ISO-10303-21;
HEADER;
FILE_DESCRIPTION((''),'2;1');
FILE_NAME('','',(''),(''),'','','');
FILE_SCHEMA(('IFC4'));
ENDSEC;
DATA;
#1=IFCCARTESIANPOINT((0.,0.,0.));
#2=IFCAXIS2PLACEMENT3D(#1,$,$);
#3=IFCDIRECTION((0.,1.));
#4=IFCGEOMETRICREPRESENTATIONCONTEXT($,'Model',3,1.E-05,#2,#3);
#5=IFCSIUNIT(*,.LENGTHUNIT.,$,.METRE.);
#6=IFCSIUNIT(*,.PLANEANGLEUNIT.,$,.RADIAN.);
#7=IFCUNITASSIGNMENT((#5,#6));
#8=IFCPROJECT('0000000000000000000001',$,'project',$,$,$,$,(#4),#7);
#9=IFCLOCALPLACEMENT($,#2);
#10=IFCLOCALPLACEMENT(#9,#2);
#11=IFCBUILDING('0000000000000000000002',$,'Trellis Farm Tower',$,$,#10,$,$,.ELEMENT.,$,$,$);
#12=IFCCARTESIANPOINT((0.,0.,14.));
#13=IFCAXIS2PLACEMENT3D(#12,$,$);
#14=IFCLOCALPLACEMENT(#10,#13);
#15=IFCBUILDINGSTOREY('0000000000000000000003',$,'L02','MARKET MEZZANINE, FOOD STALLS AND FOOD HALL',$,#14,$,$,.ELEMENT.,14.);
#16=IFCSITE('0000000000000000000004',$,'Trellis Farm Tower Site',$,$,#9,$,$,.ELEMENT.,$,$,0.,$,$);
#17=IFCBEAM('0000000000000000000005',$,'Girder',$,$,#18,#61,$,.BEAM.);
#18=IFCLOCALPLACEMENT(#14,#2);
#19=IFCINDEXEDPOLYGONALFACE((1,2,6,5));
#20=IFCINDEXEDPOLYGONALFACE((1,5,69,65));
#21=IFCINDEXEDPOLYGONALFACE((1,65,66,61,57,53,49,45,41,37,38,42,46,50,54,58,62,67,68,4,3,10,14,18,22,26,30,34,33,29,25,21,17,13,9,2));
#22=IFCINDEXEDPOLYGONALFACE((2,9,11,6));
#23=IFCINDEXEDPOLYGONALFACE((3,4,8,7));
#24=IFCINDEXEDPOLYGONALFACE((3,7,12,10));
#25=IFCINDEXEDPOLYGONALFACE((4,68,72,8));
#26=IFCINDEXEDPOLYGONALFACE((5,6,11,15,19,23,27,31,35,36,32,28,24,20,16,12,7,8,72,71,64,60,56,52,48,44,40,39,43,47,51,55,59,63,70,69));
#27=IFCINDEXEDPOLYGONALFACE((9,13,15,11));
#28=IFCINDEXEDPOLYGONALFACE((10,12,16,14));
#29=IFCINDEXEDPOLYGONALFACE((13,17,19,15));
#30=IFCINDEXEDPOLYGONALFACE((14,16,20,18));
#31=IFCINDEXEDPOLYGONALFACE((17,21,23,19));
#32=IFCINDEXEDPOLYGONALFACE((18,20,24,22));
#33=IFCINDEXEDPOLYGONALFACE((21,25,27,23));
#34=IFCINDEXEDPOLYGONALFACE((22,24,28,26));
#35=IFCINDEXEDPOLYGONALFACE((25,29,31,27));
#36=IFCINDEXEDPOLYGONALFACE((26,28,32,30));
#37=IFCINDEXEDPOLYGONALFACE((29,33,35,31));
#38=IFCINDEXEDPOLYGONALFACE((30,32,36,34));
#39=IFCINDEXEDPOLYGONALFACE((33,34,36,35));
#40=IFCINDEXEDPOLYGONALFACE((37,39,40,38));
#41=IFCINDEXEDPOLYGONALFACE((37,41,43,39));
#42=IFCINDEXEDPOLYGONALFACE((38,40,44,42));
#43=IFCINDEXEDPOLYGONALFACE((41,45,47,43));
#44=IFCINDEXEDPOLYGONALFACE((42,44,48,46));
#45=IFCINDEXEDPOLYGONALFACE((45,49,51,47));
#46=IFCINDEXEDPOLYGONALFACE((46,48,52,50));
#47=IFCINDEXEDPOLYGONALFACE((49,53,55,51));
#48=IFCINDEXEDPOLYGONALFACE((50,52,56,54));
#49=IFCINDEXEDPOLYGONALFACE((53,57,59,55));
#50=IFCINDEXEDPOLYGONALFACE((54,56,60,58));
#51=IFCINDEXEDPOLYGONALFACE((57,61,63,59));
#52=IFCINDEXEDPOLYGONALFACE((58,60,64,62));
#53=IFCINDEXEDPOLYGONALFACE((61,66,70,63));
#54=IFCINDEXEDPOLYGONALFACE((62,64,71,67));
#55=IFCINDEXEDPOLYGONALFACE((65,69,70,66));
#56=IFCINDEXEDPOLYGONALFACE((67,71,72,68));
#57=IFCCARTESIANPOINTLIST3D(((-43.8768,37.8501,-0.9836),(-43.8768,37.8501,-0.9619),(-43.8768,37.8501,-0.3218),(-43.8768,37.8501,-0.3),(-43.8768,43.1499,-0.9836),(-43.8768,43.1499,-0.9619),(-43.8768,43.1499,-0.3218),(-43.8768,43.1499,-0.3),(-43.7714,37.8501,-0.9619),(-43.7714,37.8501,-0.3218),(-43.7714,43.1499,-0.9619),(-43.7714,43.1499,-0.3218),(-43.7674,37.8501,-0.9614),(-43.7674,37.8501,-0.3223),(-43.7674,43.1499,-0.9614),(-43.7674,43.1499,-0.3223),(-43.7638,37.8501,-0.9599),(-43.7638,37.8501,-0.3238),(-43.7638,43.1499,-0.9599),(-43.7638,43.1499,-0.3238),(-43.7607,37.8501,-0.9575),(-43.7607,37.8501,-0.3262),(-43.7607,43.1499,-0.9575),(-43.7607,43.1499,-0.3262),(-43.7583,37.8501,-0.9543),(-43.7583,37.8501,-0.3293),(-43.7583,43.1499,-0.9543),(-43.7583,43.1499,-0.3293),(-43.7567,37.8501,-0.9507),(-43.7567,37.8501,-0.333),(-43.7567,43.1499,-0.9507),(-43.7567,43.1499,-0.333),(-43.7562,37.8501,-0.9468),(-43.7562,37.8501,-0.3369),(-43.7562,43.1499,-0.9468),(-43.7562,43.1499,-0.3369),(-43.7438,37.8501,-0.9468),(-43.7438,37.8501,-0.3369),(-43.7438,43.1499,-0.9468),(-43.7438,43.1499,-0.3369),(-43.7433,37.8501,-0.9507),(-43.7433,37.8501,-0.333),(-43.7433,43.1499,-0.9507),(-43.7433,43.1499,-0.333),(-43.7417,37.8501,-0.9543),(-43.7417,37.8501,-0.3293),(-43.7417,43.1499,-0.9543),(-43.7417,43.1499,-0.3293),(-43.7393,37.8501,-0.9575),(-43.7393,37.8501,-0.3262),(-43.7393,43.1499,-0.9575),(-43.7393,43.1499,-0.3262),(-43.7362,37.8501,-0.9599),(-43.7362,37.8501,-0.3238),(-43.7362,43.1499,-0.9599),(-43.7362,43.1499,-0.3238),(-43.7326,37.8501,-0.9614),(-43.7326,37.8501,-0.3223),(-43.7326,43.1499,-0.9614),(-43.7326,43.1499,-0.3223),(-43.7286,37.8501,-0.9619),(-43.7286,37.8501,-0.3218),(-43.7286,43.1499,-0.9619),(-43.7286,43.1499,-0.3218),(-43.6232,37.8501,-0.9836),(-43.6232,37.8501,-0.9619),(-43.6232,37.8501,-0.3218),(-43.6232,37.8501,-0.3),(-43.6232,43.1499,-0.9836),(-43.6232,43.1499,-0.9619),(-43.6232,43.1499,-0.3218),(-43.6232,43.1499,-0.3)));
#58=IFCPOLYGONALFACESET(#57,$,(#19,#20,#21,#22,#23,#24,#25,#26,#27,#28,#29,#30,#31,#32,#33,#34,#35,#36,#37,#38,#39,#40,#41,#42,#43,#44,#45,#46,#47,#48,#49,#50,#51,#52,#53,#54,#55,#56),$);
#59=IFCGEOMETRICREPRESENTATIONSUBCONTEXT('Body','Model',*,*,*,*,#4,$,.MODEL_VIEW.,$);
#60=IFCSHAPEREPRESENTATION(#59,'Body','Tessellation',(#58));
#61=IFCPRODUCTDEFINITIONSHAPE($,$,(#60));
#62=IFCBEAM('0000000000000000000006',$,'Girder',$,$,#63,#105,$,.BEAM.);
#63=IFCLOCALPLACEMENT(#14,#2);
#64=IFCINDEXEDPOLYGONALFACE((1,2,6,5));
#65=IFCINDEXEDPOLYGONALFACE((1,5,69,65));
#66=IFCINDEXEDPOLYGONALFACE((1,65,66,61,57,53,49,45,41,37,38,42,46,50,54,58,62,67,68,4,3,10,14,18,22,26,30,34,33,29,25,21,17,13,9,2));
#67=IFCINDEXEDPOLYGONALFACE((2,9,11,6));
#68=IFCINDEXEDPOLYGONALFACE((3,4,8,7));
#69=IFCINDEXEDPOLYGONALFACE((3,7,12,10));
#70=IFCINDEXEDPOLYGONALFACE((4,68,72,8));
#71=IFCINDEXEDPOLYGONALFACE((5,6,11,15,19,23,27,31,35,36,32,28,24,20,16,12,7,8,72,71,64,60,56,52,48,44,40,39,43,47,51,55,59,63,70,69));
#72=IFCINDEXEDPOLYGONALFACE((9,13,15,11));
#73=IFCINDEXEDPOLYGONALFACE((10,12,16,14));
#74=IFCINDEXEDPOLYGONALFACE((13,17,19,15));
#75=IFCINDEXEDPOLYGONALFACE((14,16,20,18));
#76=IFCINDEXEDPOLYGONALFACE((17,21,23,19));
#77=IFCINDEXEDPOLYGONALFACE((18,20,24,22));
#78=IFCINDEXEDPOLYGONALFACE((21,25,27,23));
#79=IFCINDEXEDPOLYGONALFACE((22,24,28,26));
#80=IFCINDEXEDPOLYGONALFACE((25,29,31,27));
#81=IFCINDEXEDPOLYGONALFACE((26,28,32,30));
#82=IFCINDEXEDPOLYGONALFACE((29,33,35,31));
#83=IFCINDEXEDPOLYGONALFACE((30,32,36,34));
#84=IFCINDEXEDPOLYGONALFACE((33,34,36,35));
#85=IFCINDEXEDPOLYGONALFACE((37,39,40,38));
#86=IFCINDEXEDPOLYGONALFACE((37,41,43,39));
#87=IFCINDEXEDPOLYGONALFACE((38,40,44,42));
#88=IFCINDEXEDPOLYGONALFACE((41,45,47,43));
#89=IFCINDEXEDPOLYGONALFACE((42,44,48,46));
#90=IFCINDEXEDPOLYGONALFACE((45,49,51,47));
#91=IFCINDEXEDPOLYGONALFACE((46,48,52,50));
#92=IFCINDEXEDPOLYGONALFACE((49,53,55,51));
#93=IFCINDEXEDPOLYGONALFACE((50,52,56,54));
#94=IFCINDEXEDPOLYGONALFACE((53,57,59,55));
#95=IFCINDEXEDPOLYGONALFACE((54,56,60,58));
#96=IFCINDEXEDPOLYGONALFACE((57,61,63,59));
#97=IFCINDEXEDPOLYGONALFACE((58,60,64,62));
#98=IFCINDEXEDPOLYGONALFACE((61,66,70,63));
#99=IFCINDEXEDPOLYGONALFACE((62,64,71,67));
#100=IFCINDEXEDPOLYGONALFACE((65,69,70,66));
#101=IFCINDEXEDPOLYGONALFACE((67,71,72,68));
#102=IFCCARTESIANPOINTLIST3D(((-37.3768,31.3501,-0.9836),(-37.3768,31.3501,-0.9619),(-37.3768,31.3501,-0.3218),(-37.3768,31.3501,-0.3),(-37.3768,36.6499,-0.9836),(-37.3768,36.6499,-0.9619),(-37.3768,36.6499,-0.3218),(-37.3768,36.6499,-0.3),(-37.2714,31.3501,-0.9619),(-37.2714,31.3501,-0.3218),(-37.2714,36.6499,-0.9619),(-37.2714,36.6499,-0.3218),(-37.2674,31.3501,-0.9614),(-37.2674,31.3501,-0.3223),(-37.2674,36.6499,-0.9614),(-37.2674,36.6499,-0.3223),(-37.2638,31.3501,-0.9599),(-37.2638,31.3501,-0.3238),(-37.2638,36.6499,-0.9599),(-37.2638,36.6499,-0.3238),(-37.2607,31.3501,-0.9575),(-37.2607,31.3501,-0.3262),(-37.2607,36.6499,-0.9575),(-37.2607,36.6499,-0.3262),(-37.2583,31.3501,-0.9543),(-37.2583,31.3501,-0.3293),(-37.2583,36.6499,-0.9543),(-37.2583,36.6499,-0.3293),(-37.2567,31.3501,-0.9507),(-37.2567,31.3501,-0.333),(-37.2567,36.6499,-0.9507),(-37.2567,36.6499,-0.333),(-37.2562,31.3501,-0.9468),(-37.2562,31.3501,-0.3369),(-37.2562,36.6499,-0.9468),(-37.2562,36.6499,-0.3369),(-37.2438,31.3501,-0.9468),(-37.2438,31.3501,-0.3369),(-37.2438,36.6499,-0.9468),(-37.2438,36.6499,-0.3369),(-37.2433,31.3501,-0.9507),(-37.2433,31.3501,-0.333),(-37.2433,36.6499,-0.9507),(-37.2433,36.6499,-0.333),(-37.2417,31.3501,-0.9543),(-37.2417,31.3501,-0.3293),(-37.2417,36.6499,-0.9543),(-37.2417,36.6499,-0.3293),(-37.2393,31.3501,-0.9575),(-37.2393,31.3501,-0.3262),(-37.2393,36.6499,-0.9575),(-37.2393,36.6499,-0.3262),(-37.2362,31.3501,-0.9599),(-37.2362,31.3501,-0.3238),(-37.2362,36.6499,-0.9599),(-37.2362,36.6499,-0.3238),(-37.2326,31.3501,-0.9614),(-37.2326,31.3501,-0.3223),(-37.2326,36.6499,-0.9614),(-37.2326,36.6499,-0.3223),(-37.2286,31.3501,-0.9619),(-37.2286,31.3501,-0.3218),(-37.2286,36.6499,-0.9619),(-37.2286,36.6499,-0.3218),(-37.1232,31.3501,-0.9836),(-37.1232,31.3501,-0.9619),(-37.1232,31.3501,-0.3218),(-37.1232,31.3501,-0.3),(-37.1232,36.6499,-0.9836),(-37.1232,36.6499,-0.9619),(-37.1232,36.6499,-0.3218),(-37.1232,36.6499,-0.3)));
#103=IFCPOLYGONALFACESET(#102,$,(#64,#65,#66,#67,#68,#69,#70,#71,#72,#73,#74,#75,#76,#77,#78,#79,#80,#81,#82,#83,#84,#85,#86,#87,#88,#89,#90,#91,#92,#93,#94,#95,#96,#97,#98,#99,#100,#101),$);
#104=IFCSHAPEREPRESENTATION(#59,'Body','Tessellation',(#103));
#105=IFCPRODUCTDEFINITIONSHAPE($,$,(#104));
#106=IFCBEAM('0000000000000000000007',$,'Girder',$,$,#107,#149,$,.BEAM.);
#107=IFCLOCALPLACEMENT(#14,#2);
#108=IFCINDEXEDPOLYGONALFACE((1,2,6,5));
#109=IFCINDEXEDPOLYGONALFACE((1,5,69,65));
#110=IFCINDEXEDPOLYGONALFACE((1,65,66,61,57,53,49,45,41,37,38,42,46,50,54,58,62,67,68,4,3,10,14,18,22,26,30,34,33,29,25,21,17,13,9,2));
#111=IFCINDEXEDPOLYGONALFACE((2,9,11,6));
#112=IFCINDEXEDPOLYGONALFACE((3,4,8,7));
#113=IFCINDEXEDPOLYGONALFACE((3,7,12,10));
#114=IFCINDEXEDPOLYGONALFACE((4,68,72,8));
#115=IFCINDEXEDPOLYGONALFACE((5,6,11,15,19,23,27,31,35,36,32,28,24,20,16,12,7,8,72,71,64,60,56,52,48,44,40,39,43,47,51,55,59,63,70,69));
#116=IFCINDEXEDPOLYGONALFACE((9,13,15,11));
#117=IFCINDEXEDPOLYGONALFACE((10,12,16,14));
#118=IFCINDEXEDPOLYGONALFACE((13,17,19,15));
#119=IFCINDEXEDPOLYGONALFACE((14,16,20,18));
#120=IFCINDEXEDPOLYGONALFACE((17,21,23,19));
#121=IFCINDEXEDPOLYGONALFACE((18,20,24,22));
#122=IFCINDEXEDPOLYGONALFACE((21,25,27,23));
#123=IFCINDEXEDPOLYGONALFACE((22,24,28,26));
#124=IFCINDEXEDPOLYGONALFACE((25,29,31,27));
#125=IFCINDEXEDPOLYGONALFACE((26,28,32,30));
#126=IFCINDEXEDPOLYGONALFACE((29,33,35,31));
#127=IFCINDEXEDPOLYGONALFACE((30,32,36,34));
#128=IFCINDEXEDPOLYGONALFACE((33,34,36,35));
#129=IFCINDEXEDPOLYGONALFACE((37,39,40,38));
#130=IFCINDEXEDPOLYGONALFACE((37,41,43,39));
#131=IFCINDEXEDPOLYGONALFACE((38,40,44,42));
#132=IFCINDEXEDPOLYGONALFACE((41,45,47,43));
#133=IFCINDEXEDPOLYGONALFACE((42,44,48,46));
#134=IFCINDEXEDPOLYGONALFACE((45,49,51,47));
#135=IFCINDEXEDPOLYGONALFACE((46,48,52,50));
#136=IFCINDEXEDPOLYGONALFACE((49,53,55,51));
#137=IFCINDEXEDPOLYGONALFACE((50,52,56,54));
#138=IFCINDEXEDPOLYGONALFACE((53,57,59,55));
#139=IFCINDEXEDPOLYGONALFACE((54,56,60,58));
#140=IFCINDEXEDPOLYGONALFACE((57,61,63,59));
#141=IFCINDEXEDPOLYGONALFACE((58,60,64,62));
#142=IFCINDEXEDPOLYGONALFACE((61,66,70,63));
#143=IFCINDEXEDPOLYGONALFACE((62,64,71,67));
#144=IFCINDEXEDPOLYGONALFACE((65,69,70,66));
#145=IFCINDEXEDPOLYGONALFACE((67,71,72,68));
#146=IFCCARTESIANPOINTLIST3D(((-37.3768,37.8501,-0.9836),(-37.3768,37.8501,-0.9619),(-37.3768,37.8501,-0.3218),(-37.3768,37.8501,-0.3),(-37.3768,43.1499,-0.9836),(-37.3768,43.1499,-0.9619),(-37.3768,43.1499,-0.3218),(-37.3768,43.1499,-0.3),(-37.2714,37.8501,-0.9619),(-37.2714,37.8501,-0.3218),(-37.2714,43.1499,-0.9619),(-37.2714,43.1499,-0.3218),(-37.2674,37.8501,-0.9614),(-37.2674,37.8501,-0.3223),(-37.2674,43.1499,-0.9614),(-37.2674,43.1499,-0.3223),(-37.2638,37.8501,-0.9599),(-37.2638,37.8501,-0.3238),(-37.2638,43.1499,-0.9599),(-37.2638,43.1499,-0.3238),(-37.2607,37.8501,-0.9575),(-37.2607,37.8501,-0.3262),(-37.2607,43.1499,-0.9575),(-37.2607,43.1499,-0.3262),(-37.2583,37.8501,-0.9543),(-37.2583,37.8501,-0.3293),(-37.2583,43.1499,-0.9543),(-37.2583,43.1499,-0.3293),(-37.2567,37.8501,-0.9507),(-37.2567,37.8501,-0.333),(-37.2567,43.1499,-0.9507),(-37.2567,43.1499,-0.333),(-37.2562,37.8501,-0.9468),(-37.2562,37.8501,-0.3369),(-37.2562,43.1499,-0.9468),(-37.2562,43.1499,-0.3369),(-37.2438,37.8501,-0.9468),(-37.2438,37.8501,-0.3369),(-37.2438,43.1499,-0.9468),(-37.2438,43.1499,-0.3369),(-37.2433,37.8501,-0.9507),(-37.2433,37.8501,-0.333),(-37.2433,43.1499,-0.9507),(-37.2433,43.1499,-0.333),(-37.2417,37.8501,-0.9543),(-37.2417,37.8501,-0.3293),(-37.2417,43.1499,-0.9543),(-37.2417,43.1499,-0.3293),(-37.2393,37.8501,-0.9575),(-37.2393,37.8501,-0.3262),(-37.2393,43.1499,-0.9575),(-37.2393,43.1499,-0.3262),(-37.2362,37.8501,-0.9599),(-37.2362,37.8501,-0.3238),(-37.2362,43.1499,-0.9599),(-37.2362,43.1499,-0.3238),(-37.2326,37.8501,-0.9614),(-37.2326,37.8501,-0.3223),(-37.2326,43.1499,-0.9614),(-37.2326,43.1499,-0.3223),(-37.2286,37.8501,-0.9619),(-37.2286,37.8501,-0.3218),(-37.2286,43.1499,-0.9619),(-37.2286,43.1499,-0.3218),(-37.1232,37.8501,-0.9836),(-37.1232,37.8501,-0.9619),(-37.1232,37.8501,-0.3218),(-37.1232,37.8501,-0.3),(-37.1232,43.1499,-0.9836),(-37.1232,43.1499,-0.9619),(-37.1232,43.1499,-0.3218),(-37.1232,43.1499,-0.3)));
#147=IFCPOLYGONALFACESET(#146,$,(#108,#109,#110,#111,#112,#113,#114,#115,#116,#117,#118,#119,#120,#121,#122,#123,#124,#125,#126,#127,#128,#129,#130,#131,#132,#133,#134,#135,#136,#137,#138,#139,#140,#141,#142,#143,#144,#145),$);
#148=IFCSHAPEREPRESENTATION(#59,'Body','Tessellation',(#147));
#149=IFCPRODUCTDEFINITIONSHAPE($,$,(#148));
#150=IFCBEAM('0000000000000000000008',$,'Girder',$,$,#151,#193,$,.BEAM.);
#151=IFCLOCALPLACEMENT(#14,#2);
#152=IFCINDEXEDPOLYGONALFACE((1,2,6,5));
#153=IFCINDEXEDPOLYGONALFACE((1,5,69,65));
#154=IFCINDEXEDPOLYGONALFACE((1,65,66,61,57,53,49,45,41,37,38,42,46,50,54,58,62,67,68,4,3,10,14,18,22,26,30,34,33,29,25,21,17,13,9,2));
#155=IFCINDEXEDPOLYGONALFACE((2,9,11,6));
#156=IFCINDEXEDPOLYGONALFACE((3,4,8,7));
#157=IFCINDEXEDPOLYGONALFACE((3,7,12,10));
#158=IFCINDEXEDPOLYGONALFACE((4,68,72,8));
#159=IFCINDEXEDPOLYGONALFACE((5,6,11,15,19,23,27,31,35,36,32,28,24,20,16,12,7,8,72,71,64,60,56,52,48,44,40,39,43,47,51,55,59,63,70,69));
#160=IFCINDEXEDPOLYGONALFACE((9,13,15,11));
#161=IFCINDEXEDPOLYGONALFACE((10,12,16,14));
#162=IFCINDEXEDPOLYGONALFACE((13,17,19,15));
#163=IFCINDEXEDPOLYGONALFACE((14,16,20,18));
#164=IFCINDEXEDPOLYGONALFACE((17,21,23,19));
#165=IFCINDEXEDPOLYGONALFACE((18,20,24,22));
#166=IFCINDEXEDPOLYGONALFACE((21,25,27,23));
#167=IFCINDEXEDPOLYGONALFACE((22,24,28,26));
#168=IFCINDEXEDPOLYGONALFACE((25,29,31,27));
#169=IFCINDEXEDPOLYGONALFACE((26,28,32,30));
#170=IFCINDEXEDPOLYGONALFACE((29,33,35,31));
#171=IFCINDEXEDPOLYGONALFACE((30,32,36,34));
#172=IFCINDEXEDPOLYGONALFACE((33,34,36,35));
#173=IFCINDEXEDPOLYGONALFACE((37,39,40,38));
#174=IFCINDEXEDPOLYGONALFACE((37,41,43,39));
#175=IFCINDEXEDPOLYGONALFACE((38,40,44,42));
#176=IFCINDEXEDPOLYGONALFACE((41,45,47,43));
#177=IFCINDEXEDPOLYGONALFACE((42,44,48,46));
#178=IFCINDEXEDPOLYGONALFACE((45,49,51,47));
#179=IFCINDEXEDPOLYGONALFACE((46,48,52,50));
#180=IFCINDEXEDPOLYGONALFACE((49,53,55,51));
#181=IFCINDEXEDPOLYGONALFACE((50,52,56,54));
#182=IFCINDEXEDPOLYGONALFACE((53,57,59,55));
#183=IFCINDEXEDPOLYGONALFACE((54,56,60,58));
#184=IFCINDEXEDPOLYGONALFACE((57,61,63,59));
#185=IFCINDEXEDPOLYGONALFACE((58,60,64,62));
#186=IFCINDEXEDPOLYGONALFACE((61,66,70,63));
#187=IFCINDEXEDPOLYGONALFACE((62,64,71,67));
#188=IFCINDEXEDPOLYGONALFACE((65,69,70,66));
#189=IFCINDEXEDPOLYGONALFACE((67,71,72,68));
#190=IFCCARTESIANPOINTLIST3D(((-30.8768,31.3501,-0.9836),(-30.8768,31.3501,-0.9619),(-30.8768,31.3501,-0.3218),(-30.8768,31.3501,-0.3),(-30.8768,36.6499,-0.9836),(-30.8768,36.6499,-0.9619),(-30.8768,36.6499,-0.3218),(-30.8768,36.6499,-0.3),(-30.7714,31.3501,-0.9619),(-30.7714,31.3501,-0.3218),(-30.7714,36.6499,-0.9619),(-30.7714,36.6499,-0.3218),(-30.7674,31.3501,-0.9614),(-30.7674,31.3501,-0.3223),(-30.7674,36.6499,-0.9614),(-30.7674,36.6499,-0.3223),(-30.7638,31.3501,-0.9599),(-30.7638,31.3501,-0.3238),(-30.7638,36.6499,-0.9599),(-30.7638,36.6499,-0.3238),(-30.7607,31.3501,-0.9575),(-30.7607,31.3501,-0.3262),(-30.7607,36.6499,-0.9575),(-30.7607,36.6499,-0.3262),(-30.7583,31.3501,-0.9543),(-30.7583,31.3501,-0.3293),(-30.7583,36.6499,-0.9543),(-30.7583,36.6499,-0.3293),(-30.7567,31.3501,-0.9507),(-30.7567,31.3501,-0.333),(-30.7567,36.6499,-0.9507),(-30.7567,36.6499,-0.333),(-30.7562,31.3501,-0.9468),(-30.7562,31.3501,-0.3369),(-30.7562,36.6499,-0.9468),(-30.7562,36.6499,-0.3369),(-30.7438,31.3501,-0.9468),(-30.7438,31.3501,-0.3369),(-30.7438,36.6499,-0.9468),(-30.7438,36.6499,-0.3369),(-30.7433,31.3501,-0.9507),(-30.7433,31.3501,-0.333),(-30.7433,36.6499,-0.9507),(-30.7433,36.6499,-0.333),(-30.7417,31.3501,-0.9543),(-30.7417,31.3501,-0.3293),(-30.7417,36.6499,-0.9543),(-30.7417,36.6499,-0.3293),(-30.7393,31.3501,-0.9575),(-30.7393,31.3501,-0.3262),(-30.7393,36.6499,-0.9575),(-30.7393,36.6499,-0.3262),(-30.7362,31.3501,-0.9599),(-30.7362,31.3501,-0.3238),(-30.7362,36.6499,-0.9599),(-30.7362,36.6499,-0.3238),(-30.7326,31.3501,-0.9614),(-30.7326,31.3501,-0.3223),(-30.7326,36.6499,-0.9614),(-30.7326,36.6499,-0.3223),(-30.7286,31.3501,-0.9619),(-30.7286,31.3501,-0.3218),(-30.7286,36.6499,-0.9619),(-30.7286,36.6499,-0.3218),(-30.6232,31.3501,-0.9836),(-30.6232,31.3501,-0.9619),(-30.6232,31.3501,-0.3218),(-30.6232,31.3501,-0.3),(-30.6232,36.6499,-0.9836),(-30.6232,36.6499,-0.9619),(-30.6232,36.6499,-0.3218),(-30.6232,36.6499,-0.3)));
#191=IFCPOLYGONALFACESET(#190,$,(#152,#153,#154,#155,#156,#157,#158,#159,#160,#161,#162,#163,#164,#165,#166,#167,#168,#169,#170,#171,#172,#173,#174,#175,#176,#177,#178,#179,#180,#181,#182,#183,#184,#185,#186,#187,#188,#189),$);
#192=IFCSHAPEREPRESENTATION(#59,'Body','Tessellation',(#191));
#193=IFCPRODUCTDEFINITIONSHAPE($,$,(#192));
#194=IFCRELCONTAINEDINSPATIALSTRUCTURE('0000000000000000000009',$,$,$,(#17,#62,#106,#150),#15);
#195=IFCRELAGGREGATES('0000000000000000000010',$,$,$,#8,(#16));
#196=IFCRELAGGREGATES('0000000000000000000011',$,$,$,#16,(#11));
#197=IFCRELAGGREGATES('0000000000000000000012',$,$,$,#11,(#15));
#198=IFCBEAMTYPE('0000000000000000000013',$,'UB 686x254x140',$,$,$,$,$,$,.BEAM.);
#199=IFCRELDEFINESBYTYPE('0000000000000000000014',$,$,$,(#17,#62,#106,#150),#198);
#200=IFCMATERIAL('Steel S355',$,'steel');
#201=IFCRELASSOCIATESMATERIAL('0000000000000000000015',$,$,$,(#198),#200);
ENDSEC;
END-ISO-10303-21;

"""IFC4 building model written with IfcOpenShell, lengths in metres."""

from ifc_helpers import new_model, si_unit, direction, frame, origin, origin_2d, place, context, subcontext, project, spatial, i_section, extrude, source, transform, mapped, material, material_profile, profile_set, type_object, element, save


model = new_model("IFC4")

# Units and contexts
model_context = context("Model", 3, precision=1e-05, world=origin(), true_north=direction((0.0, 1.0)))
body_context = subcontext(model_context, "Body", "Model", "MODEL_VIEW")
ifc_project = project(units=[si_unit("LENGTHUNIT", "METRE"), si_unit("PLANEANGLEUNIT", "RADIAN")], contexts=[model_context])

# Site, building, storey
site_placement = place(None, origin())
site = spatial("IfcSite", under=ifc_project, at=site_placement, Name="Trellis Farm Tower Site", CompositionType="ELEMENT", RefElevation=0.0)
building_placement = place(site_placement, origin())
building = spatial("IfcBuilding", under=site, at=building_placement, Name="Trellis Farm Tower", CompositionType="ELEMENT")
storey_placement = place(building_placement, frame((0.0, 0.0, 14.0)))
storey = spatial("IfcBuildingStorey", under=building, at=storey_placement, Name="L02", Description="MARKET MEZZANINE, FOOD STALLS AND FOOD HALL", CompositionType="ELEMENT", Elevation=14.0)

# Beams
ifc_material_1 = material(Name="Steel S355", Category="steel")
ifc_material_profile_1 = material_profile(ifc_material_1, i_section(OverallWidth=0.2537, OverallDepth=0.6836, WebThickness=0.0125, FlangeThickness=0.0217, FilletRadius=0.0151, at=origin_2d()), Name="UB 686x254x140")
ifc_profile_set_1 = profile_set([ifc_material_profile_1], Name="Steel S355")
beam_type_1 = type_object("IfcBeamType", Name="UB 686x254x140", PredefinedType="BEAM", material=ifc_profile_set_1)
shared_shape_1 = source(origin(), body_context, "Body", "SweptSolid", [
    extrude(i_section(OverallWidth=0.2537, OverallDepth=0.6836, WebThickness=0.0125, FlangeThickness=0.0217, FilletRadius=0.0151, at=origin_2d()), origin(), (0.0, 0.0, 1.0), 5.2998),
])
for number, where, z_axis, x_axis, name in (
    (1, (-43.75, 37.8501, -0.6418), (0.0, 1.0, 0.0), (-1.0, 0.0, 0.0), "Girder"),
    (2, (-37.25, 31.3501, -0.6418), (0.0, 1.0, 0.0), (-1.0, 0.0, 0.0), "Girder"),
    (3, (-37.25, 37.8501, -0.6418), (0.0, 1.0, 0.0), (-1.0, 0.0, 0.0), "Girder"),
    (4, (-30.75, 31.3501, -0.6418), (0.0, 1.0, 0.0), (-1.0, 0.0, 0.0), "Girder"),
):
    element("IfcBeam", number, at=place(storey_placement, frame(where, z_axis=z_axis, x_axis=x_axis)), inside=storey, type_object=beam_type_1, Name=name, PredefinedType="BEAM", context=body_context, shape_type="MappedRepresentation", body=[
        mapped(shared_shape_1, transform((0.0, 0.0, 0.0))),
    ])

save(model, "model.ifc")
